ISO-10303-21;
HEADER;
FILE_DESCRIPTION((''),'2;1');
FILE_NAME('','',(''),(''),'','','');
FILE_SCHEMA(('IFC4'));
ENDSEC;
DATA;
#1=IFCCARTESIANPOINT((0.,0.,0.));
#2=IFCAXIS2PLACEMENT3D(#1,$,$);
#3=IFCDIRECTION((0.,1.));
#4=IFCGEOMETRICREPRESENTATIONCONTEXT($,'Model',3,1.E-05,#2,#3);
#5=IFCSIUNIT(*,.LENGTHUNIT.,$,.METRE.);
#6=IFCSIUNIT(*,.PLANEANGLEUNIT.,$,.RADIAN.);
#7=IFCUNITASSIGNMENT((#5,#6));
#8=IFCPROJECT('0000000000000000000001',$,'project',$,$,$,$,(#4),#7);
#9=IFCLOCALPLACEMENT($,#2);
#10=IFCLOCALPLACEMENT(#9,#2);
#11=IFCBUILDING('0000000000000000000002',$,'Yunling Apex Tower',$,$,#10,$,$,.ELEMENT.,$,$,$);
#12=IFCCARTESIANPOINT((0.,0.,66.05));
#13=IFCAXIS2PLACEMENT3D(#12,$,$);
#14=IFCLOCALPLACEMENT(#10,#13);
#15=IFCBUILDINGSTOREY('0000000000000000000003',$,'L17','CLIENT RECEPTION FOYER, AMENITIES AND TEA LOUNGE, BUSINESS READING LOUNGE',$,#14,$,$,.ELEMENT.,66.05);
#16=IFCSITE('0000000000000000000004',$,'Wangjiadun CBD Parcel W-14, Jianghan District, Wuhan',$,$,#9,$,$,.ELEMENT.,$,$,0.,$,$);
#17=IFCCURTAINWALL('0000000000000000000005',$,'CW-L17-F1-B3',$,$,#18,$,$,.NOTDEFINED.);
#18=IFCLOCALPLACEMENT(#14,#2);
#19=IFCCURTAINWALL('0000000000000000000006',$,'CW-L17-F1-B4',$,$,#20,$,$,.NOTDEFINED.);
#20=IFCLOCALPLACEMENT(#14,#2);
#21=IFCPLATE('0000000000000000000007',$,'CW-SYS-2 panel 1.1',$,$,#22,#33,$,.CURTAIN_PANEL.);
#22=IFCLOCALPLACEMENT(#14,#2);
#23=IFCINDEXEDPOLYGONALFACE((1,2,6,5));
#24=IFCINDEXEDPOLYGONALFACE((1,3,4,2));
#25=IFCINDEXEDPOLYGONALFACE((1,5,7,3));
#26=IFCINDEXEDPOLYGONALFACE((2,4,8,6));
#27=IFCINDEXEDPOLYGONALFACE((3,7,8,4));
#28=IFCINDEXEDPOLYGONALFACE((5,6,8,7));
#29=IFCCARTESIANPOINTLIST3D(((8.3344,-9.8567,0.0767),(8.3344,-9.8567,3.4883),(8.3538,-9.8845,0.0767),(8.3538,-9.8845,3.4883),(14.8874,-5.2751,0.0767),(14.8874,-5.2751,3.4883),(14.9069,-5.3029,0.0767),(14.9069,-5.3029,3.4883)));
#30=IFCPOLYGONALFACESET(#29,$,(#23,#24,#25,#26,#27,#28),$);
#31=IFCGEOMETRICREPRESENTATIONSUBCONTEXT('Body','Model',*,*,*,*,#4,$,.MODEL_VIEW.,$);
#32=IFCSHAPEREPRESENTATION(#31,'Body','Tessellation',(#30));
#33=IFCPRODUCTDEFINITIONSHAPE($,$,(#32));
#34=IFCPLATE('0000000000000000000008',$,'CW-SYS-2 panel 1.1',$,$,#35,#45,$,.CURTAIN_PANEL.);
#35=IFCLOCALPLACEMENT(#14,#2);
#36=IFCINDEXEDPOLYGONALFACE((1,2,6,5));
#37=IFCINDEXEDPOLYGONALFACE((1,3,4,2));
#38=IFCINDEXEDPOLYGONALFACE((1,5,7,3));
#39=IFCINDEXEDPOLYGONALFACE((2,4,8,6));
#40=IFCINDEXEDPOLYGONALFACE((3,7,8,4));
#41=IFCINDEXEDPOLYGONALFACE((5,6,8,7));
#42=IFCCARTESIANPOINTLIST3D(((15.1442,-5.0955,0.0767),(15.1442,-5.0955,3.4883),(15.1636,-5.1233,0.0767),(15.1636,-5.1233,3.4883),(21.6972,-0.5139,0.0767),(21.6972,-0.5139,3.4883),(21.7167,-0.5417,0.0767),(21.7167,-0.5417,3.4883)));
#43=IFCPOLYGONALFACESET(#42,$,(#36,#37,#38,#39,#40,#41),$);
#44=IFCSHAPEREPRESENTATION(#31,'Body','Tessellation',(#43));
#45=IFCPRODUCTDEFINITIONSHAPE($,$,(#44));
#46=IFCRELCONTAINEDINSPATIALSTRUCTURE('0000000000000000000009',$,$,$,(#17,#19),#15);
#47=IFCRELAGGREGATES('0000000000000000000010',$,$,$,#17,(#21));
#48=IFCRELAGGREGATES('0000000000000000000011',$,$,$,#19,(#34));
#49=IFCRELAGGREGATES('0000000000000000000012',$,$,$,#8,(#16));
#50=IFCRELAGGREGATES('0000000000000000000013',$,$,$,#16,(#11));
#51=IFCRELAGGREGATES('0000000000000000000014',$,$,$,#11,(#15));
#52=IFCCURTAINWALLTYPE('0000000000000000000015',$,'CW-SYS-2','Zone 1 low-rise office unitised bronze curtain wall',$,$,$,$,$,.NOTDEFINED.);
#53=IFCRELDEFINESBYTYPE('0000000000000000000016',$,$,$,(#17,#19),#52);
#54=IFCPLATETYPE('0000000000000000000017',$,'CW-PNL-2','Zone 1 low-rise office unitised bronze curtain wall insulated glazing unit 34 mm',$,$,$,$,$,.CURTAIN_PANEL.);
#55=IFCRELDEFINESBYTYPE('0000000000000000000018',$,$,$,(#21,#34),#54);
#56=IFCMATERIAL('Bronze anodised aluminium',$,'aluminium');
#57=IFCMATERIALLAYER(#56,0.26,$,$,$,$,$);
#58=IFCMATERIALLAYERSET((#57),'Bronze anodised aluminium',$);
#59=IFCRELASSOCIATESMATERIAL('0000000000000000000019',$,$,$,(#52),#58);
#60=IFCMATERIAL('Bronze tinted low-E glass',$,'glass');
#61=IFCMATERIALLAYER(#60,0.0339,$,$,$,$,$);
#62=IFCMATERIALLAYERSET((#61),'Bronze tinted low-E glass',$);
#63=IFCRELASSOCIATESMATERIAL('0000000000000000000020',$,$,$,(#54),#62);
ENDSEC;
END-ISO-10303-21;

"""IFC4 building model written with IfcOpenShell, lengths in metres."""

from ifc_helpers import new_model, si_unit, direction, frame, origin, origin_2d, place, context, subcontext, project, spatial, rectangle, extrude, source, transform, mapped, material, layer, layer_set, type_object, element, aggregate, save


model = new_model("IFC4")

# Units and contexts
model_context = context("Model", 3, precision=1e-05, world=origin(), true_north=direction((0.0, 1.0)))
body_context = subcontext(model_context, "Body", "Model", "MODEL_VIEW")
ifc_project = project(units=[si_unit("LENGTHUNIT", "METRE"), si_unit("PLANEANGLEUNIT", "RADIAN")], contexts=[model_context])

# Site, building, storey
site_placement = place(None, origin())
site = spatial("IfcSite", under=ifc_project, at=site_placement, Name="Wangjiadun CBD Parcel W-14, Jianghan District, Wuhan", CompositionType="ELEMENT", RefElevation=0.0)
building_placement = place(site_placement, origin())
building = spatial("IfcBuilding", under=site, at=building_placement, Name="Yunling Apex Tower", CompositionType="ELEMENT")
storey_placement = place(building_placement, frame((0.0, 0.0, 66.05)))
storey = spatial("IfcBuildingStorey", under=building, at=storey_placement, Name="L17", Description="CLIENT RECEPTION FOYER, AMENITIES AND TEA LOUNGE, BUSINESS READING LOUNGE", CompositionType="ELEMENT", Elevation=66.05)

# Curtain wall
ifc_material_1 = material(Name="Bronze anodised aluminium", Category="aluminium")
ifc_layer_1 = layer(ifc_material_1, 0.26)
ifc_layer_set_1 = layer_set([ifc_layer_1], Name="Bronze anodised aluminium")
curtain_wall_type = type_object("IfcCurtainWallType", Name="CW-SYS-2", Description="Zone 1 low-rise office unitised bronze curtain wall", PredefinedType="NOTDEFINED", material=ifc_layer_set_1)
curtain_wall_1_placement = place(storey_placement, origin())
curtain_wall_1 = element("IfcCurtainWall", 1, at=curtain_wall_1_placement, inside=storey, type_object=curtain_wall_type, Name="CW-L17-F1-B3", PredefinedType="NOTDEFINED")

# Curtain wall
curtain_wall_2_placement = place(storey_placement, origin())
curtain_wall_2 = element("IfcCurtainWall", 2, at=curtain_wall_2_placement, inside=storey, type_object=curtain_wall_type, Name="CW-L17-F1-B4", PredefinedType="NOTDEFINED")

# Plates
ifc_material_2 = material(Name="Bronze tinted low-E glass", Category="glass")
ifc_layer_2 = layer(ifc_material_2, 0.0339)
ifc_layer_set_2 = layer_set([ifc_layer_2], Name="Bronze tinted low-E glass")
plate_type = type_object("IfcPlateType", Name="CW-PNL-2", Description="Zone 1 low-rise office unitised bronze curtain wall insulated glazing unit 34 mm", PredefinedType="CURTAIN_PANEL", material=ifc_layer_set_2)
shared_shape_1 = source(origin(), body_context, "Body", "SweptSolid", [
    extrude(rectangle(XDim=7.9958, YDim=0.0339, at=origin_2d()), origin(), (0.0, 0.0, 1.0), 3.4116),
])
plate_1_placement = place(storey_placement, frame((11.6206, -7.5798, 0.0767), z_axis=(0.0, 0.0, 1.0), x_axis=(0.819558, 0.572996, 0.0)))
plate_1 = element("IfcPlate", 3, at=plate_1_placement, type_object=plate_type, Name="CW-SYS-2 panel 1.1", PredefinedType="CURTAIN_PANEL", context=body_context, shape_type="MappedRepresentation", body=[
    mapped(shared_shape_1, transform((0.0, 0.0, 0.0), scale=1.0)),
])
aggregate(curtain_wall_1, [plate_1])
plate_2_placement = place(storey_placement, frame((18.4304, -2.8186, 0.0767), z_axis=(0.0, 0.0, 1.0), x_axis=(0.819552, 0.573004, 0.0)))
plate_2 = element("IfcPlate", 4, at=plate_2_placement, type_object=plate_type, Name="CW-SYS-2 panel 1.1", PredefinedType="CURTAIN_PANEL", context=body_context, shape_type="MappedRepresentation", body=[
    mapped(shared_shape_1, transform((0.0, 0.0, 0.0), scale=1.0)),
])
aggregate(curtain_wall_2, [plate_2])

save(model, "model.ifc")
